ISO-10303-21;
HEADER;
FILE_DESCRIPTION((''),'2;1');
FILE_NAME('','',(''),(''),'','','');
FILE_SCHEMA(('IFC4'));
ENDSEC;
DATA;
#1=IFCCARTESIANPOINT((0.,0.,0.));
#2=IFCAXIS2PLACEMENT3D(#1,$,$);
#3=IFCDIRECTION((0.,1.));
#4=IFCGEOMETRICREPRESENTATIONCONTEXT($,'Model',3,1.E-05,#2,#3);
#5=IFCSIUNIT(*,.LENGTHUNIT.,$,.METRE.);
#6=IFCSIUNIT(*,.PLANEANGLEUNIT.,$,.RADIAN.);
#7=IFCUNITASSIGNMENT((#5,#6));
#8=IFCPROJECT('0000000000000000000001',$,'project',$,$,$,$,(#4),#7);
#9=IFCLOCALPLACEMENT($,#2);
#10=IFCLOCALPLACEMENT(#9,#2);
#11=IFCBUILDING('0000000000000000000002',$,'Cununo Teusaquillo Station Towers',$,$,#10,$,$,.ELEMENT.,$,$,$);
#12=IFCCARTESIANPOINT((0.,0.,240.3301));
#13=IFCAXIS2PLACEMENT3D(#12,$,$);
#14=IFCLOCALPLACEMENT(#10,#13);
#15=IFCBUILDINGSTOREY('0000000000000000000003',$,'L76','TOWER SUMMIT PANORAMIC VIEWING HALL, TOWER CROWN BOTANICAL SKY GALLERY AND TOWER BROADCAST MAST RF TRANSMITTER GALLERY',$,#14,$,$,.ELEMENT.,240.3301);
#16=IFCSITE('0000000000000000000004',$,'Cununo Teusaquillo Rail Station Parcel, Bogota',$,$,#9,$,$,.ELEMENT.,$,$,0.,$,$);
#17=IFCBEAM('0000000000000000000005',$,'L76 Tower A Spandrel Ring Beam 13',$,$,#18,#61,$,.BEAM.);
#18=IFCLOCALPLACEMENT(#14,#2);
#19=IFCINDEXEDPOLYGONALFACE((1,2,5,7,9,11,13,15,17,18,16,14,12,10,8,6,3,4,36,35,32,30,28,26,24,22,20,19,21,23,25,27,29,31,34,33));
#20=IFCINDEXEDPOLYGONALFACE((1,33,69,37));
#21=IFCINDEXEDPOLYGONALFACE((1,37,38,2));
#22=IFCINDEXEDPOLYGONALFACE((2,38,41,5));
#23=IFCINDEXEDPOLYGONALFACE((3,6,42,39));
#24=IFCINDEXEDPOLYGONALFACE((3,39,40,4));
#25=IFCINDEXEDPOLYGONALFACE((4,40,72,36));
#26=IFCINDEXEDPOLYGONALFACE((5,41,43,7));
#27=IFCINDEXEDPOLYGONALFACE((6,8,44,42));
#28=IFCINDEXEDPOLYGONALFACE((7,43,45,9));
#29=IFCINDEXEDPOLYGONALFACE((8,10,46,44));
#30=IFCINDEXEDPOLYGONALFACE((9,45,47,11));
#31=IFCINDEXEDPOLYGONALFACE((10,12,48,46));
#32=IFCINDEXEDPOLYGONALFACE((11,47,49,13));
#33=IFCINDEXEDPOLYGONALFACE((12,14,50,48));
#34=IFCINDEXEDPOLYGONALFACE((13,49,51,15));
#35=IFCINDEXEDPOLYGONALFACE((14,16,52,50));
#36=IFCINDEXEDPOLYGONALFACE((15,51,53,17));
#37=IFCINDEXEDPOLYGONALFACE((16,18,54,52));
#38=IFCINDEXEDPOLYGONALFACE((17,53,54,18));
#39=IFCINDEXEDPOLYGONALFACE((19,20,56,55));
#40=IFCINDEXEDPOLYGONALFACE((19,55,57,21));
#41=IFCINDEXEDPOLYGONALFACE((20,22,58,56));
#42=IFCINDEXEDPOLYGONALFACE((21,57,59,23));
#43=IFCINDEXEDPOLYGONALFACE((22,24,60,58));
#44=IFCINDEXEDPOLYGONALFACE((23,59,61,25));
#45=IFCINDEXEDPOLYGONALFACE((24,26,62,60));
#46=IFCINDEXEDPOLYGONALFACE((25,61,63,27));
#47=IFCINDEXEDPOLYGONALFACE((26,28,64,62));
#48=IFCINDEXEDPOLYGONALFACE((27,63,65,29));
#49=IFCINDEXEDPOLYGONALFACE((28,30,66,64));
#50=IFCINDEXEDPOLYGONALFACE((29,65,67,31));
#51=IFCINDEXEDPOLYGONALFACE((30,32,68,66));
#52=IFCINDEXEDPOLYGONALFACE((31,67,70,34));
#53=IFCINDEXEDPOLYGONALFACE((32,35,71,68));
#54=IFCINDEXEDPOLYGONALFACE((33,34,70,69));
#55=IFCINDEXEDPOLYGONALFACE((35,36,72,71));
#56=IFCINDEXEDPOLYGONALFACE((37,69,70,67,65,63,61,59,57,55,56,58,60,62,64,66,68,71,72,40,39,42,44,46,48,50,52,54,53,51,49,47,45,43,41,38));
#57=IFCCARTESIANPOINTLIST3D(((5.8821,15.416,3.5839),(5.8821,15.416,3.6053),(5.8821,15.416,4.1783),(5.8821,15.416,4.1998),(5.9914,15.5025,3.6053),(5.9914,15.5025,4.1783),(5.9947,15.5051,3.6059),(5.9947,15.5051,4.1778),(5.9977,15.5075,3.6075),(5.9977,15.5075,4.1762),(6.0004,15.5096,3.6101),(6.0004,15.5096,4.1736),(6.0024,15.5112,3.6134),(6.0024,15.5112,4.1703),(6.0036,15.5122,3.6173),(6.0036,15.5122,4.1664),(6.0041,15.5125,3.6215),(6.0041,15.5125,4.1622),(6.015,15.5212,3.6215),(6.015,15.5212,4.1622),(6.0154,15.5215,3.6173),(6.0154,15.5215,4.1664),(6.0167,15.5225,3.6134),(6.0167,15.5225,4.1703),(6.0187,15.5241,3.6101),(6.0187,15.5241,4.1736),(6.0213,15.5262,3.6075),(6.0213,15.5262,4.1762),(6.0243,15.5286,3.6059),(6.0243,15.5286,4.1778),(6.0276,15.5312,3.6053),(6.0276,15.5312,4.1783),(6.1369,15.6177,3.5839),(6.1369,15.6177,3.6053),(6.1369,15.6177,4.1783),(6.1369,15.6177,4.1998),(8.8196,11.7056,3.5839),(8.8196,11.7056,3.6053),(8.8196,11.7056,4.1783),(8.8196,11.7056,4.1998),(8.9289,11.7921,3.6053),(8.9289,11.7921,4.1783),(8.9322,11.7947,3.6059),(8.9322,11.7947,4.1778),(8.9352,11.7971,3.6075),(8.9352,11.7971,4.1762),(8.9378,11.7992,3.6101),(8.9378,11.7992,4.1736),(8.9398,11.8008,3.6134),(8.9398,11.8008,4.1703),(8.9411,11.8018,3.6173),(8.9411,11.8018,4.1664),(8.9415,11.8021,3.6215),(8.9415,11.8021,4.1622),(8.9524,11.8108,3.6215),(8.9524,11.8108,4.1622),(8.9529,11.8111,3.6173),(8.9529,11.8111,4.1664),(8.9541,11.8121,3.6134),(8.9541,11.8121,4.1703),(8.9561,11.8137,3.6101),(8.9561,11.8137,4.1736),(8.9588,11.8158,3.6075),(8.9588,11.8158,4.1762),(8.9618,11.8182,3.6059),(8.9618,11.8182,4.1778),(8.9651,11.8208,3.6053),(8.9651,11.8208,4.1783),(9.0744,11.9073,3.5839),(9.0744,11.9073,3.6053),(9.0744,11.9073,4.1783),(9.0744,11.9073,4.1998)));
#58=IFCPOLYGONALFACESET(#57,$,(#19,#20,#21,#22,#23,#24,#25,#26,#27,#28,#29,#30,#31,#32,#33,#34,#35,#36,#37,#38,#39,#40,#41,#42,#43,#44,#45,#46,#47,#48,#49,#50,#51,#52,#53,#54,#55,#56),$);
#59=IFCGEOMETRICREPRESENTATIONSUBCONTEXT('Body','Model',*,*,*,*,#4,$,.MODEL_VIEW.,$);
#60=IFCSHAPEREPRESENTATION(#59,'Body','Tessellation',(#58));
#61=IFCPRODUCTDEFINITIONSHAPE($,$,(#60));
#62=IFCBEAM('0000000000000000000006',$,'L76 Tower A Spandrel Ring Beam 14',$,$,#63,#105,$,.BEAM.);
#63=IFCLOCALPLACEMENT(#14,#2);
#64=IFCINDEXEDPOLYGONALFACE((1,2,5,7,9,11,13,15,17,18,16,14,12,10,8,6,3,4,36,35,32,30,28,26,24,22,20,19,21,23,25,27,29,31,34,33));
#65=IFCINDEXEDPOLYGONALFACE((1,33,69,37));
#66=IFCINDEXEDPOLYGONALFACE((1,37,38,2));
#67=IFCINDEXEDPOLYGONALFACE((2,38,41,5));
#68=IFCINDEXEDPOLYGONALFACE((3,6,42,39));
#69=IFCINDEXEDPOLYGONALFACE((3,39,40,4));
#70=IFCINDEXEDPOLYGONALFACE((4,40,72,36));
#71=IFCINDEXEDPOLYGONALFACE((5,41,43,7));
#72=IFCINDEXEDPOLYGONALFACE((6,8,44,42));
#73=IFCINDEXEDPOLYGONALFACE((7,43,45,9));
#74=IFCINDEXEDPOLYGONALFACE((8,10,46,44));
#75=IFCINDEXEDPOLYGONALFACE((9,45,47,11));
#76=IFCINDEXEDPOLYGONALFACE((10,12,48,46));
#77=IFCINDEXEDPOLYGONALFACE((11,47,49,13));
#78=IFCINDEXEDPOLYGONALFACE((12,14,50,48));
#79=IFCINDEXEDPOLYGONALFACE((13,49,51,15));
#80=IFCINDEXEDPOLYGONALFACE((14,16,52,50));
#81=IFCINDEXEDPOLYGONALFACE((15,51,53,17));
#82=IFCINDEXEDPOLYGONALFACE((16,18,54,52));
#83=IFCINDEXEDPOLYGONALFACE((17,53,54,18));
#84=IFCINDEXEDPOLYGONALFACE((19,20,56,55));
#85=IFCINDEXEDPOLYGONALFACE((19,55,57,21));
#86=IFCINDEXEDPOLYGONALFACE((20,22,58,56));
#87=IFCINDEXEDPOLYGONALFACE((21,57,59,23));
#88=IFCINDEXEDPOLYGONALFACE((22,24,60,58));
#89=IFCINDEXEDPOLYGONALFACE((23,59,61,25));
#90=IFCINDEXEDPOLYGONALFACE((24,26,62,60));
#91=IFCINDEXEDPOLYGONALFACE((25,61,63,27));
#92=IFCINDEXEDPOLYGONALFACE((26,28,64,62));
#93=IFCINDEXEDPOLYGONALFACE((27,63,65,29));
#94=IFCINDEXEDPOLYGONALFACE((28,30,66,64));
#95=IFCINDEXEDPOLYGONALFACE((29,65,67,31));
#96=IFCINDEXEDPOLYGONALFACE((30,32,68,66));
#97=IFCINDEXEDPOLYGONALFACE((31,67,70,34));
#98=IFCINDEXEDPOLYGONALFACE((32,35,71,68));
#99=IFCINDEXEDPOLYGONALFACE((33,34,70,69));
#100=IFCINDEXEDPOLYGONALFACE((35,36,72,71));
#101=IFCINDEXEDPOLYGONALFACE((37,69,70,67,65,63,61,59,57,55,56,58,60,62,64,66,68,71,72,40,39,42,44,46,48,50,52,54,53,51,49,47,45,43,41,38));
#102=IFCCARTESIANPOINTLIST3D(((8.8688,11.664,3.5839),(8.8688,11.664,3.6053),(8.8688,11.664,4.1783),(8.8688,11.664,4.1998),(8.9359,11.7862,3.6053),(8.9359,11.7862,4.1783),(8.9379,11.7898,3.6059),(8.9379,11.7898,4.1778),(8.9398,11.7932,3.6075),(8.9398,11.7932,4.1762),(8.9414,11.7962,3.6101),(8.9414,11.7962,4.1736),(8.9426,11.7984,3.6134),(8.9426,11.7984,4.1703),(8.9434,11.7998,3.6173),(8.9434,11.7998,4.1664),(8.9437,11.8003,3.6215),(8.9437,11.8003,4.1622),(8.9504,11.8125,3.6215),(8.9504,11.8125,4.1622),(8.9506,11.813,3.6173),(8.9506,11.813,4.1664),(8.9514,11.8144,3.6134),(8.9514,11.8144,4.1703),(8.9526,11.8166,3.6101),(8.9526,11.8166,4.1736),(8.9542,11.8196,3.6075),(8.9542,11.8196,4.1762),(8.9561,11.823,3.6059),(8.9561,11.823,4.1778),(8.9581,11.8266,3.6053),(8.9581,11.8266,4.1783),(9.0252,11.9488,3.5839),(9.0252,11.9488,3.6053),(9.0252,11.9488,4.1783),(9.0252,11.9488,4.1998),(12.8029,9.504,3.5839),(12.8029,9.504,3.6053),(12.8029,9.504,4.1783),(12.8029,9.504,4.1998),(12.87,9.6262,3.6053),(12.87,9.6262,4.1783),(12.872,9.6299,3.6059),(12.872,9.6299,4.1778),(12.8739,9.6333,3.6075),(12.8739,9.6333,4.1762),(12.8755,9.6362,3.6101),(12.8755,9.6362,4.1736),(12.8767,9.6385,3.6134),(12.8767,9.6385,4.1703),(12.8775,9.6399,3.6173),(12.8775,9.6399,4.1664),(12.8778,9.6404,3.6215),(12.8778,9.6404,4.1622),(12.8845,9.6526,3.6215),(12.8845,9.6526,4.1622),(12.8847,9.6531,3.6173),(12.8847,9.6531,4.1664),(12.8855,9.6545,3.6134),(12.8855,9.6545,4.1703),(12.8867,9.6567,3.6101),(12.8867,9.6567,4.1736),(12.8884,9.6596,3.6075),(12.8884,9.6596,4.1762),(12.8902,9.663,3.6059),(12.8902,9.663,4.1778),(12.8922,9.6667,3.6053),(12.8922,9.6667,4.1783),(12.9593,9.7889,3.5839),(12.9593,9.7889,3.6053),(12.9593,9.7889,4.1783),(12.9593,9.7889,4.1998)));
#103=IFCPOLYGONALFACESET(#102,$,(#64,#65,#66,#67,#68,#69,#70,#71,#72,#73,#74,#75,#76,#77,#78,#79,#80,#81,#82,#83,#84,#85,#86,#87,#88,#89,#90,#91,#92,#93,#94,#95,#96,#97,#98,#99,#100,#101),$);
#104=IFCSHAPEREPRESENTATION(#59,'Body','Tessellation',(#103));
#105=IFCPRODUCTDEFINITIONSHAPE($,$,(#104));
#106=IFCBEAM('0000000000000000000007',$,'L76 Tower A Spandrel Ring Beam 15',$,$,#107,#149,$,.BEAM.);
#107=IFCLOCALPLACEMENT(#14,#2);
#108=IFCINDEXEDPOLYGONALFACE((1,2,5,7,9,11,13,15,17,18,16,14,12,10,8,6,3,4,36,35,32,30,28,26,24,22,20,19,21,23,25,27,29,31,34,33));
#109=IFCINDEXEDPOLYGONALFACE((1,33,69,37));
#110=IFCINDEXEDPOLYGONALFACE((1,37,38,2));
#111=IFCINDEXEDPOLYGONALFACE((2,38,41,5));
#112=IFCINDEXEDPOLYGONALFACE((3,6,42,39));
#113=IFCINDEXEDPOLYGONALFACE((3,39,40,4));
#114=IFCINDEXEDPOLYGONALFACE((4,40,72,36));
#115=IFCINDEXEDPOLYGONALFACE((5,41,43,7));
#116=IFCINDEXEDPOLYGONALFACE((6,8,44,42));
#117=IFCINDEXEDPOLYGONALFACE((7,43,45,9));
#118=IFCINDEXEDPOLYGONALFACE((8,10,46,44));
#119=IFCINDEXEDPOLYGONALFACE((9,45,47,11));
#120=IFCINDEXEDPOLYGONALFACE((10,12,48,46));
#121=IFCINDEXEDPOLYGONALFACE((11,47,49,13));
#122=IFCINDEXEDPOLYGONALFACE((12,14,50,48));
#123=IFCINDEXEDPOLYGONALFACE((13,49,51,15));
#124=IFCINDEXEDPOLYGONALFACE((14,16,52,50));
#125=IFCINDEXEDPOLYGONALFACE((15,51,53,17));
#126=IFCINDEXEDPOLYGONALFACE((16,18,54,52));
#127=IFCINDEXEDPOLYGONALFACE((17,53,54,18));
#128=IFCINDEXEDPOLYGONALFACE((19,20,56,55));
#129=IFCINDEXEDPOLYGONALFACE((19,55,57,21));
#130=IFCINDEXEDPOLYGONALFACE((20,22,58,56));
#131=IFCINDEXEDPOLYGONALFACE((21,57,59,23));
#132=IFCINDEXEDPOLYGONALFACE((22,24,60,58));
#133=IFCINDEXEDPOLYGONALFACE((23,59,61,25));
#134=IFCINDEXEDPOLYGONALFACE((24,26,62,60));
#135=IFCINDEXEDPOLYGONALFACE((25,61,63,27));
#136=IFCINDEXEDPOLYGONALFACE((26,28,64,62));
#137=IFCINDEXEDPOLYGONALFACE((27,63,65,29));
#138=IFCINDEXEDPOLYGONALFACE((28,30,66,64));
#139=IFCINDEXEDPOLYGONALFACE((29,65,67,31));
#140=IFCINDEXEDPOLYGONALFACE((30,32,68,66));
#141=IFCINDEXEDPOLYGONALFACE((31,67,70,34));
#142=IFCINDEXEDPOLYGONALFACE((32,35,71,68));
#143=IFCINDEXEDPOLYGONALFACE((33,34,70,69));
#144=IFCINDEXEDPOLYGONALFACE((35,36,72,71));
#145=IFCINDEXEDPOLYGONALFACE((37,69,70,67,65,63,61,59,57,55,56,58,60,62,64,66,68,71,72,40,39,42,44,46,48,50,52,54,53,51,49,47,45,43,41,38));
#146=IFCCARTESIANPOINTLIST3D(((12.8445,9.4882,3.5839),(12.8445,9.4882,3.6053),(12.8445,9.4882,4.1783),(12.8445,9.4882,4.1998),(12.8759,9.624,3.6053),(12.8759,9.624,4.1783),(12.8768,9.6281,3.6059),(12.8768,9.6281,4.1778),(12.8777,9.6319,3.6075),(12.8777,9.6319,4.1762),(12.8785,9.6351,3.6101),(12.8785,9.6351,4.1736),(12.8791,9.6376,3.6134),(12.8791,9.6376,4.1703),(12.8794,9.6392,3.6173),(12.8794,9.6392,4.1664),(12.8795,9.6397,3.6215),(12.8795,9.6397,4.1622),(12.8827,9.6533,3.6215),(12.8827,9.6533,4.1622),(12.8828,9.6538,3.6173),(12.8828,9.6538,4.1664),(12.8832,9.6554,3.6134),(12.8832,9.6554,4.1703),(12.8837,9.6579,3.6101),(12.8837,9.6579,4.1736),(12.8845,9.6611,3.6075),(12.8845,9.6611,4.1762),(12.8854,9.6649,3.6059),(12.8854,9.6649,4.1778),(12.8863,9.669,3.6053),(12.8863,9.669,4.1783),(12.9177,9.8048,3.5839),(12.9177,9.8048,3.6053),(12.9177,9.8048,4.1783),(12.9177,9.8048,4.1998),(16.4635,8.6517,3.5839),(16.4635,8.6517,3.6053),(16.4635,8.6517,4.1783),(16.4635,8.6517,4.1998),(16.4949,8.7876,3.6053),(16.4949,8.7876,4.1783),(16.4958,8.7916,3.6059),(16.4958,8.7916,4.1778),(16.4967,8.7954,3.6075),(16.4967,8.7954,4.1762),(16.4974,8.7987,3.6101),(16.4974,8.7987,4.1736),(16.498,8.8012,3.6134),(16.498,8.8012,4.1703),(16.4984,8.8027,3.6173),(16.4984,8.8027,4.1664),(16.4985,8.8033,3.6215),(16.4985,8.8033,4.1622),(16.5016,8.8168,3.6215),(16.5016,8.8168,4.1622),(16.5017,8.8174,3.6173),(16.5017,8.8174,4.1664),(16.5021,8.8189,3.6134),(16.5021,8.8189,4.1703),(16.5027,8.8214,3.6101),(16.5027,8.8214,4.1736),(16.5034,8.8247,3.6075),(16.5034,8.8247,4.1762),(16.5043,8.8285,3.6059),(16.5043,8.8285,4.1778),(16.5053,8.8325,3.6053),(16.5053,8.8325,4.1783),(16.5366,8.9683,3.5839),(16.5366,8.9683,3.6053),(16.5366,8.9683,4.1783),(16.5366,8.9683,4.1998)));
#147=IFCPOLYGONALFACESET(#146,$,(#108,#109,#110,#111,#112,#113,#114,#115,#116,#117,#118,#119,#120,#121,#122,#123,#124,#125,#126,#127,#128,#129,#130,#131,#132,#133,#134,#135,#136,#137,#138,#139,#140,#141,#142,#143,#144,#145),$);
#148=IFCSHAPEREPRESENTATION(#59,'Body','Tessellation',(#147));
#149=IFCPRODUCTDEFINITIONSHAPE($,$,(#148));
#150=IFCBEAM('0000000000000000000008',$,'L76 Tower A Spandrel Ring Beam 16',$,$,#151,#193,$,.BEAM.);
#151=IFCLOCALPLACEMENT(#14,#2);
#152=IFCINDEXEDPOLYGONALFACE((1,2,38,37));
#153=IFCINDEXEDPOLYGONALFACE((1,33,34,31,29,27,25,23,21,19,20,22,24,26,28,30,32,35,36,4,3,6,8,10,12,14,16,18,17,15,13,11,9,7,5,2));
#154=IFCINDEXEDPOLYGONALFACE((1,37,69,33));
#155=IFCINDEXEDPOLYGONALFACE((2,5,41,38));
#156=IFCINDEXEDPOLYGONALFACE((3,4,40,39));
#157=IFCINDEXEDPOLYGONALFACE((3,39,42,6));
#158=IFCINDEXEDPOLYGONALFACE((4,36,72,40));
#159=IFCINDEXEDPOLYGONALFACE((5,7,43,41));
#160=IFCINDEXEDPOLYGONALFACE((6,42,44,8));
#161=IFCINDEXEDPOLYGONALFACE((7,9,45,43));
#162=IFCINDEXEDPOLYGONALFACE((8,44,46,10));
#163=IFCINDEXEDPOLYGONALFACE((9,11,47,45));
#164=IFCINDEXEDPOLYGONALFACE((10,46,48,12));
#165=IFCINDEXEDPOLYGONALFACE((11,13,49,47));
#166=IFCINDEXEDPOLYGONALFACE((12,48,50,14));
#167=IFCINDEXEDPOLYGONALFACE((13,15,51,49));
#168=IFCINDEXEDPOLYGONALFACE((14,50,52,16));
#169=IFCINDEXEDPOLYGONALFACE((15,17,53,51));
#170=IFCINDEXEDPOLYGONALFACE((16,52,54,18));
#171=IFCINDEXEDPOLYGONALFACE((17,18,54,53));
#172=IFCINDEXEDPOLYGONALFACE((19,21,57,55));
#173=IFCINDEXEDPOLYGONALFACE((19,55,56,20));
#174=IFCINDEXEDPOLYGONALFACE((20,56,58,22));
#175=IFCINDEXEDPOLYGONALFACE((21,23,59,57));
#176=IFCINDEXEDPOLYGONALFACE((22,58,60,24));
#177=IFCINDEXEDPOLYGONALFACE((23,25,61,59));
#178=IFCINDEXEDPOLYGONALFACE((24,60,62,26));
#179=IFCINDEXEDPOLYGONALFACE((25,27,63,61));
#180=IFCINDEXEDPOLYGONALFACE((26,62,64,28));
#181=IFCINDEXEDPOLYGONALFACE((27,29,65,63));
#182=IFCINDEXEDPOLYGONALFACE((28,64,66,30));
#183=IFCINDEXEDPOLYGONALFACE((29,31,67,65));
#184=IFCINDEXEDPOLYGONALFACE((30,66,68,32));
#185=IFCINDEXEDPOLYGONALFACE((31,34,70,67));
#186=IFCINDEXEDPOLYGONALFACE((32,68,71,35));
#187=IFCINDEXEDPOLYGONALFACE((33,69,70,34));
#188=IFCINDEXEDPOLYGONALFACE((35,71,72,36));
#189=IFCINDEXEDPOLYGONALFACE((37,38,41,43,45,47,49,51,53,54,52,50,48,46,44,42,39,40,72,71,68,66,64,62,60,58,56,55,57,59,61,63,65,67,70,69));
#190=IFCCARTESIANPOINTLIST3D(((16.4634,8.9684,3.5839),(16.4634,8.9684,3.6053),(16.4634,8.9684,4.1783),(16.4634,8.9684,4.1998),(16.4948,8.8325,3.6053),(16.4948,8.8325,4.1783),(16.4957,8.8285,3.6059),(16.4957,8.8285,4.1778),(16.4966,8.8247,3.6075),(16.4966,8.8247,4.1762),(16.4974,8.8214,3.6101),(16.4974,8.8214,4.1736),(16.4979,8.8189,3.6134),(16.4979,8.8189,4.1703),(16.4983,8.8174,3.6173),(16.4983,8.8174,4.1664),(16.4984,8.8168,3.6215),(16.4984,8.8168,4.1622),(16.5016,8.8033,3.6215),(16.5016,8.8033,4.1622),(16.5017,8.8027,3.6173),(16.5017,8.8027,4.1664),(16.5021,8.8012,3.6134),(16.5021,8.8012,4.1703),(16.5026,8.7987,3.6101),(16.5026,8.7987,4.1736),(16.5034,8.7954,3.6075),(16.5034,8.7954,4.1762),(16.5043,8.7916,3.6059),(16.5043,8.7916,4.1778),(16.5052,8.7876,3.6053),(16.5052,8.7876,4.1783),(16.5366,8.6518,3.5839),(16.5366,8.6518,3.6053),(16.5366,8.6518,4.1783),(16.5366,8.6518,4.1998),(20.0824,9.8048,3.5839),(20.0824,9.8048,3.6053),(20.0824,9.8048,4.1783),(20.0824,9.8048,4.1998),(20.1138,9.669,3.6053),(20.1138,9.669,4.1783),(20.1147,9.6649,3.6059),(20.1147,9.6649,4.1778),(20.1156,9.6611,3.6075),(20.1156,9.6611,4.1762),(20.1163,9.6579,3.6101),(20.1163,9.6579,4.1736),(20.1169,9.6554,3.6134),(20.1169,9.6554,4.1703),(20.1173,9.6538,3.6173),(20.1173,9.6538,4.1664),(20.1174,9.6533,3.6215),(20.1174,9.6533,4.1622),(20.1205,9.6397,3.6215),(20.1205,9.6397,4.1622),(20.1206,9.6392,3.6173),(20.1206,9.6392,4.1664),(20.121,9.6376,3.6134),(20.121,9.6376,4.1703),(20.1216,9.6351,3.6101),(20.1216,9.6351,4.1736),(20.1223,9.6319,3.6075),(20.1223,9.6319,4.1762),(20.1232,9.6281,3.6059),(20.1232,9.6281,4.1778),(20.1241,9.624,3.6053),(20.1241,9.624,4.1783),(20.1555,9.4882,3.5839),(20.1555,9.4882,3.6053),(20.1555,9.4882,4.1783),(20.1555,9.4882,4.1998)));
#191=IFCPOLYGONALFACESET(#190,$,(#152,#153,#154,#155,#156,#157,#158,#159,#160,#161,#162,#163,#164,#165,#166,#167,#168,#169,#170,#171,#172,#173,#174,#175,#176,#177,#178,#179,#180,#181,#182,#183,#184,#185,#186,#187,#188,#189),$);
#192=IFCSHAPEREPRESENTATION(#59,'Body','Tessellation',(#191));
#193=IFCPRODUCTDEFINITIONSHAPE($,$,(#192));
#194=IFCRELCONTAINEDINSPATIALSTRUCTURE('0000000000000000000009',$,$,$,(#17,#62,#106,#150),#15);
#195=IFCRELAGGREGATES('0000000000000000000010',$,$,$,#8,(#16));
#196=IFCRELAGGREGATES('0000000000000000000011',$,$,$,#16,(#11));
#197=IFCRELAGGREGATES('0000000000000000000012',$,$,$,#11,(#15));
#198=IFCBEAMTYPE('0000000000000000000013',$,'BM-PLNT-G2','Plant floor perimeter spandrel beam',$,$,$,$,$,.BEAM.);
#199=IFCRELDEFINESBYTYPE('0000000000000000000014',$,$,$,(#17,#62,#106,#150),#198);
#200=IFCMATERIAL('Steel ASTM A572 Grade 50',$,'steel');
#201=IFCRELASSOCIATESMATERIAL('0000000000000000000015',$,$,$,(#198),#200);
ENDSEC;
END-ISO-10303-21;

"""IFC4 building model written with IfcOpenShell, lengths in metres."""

from ifc_helpers import new_model, si_unit, direction, frame, origin, origin_2d, place, context, subcontext, project, spatial, i_section, extrude, material, material_profile, profile_set, type_object, element, save


model = new_model("IFC4")

# Units and contexts
model_context = context("Model", 3, precision=1e-05, world=origin(), true_north=direction((0.0, 1.0)))
body_context = subcontext(model_context, "Body", "Model", "MODEL_VIEW")
ifc_project = project(units=[si_unit("LENGTHUNIT", "METRE"), si_unit("PLANEANGLEUNIT", "RADIAN")], contexts=[model_context])

# Site, building, storey
site_placement = place(None, origin())
site = spatial("IfcSite", under=ifc_project, at=site_placement, Name="Cununo Teusaquillo Rail Station Parcel, Bogota", CompositionType="ELEMENT", RefElevation=0.0)
building_placement = place(site_placement, origin())
building = spatial("IfcBuilding", under=site, at=building_placement, Name="Cununo Teusaquillo Station Towers", CompositionType="ELEMENT")
storey_placement = place(building_placement, frame((0.0, 0.0, 240.3301)))
storey = spatial("IfcBuildingStorey", under=building, at=storey_placement, Name="L76", Description="TOWER SUMMIT PANORAMIC VIEWING HALL, TOWER CROWN BOTANICAL SKY GALLERY AND TOWER BROADCAST MAST RF TRANSMITTER GALLERY", CompositionType="ELEMENT", Elevation=240.3301)

# Beams
ifc_material_1 = material(Name="Steel ASTM A572 Grade 50", Category="steel")
ifc_material_profile_1 = material_profile(ifc_material_1, i_section(OverallWidth=0.325, OverallDepth=0.616, WebThickness=0.0139, FlangeThickness=0.0215, FilletRadius=0.0161, at=origin_2d()), Name="W24X117")
ifc_profile_set_1 = profile_set([ifc_material_profile_1], Name="Steel ASTM A572 Grade 50")
beam_type = type_object("IfcBeamType", Name="BM-PLNT-G2", Description="Plant floor perimeter spandrel beam", PredefinedType="BEAM", material=ifc_profile_set_1)
beam_1_placement = place(storey_placement, frame((6.0095, 15.5168, 3.8918), z_axis=(0.620711, -0.78404, 0.0), x_axis=(0.78404, 0.620711, 0.0)))
element("IfcBeam", 1, at=beam_1_placement, inside=storey, type_object=beam_type, Name="L76 Tower A Spandrel Ring Beam 13", PredefinedType="BEAM", context=body_context, shape_type="SweptSolid", body=[
    extrude(i_section(OverallWidth=0.325, OverallDepth=0.616, WebThickness=0.0139, FlangeThickness=0.0215, FilletRadius=0.0161, at=origin_2d()), origin(), (0.0, 0.0, 1.0), 4.7324),
])
beam_2_placement = place(storey_placement, frame((8.947, 11.8064, 3.8918), z_axis=(0.876576, -0.481263, 0.0), x_axis=(0.481263, 0.876576, 0.0)))
element("IfcBeam", 2, at=beam_2_placement, inside=storey, type_object=beam_type, Name="L76 Tower A Spandrel Ring Beam 14", PredefinedType="BEAM", context=body_context, shape_type="SweptSolid", body=[
    extrude(i_section(OverallWidth=0.325, OverallDepth=0.616, WebThickness=0.0139, FlangeThickness=0.0215, FilletRadius=0.0161, at=origin_2d()), origin(), (0.0, 0.0, 1.0), 4.488),
])
for number, where, z_axis, x_axis, name in (
    (3, (12.8811, 9.6465, 3.8918), (0.974315, -0.225191, 0.0), (0.225191, 0.974315, 0.0), "L76 Tower A Spandrel Ring Beam 15"),
    (4, (16.5, 8.8101, 3.8918), (0.974315, 0.225191, 0.0), (-0.225191, 0.974315, 0.0), "L76 Tower A Spandrel Ring Beam 16"),
):
    element("IfcBeam", number, at=place(storey_placement, frame(where, z_axis=z_axis, x_axis=x_axis)), inside=storey, type_object=beam_type, Name=name, PredefinedType="BEAM", context=body_context, shape_type="SweptSolid", body=[
        extrude(i_section(OverallWidth=0.325, OverallDepth=0.616, WebThickness=0.0139, FlangeThickness=0.0215, FilletRadius=0.0161, at=origin_2d()), origin(), (0.0, 0.0, 1.0), 3.7144),
    ])

save(model, "model.ifc")
